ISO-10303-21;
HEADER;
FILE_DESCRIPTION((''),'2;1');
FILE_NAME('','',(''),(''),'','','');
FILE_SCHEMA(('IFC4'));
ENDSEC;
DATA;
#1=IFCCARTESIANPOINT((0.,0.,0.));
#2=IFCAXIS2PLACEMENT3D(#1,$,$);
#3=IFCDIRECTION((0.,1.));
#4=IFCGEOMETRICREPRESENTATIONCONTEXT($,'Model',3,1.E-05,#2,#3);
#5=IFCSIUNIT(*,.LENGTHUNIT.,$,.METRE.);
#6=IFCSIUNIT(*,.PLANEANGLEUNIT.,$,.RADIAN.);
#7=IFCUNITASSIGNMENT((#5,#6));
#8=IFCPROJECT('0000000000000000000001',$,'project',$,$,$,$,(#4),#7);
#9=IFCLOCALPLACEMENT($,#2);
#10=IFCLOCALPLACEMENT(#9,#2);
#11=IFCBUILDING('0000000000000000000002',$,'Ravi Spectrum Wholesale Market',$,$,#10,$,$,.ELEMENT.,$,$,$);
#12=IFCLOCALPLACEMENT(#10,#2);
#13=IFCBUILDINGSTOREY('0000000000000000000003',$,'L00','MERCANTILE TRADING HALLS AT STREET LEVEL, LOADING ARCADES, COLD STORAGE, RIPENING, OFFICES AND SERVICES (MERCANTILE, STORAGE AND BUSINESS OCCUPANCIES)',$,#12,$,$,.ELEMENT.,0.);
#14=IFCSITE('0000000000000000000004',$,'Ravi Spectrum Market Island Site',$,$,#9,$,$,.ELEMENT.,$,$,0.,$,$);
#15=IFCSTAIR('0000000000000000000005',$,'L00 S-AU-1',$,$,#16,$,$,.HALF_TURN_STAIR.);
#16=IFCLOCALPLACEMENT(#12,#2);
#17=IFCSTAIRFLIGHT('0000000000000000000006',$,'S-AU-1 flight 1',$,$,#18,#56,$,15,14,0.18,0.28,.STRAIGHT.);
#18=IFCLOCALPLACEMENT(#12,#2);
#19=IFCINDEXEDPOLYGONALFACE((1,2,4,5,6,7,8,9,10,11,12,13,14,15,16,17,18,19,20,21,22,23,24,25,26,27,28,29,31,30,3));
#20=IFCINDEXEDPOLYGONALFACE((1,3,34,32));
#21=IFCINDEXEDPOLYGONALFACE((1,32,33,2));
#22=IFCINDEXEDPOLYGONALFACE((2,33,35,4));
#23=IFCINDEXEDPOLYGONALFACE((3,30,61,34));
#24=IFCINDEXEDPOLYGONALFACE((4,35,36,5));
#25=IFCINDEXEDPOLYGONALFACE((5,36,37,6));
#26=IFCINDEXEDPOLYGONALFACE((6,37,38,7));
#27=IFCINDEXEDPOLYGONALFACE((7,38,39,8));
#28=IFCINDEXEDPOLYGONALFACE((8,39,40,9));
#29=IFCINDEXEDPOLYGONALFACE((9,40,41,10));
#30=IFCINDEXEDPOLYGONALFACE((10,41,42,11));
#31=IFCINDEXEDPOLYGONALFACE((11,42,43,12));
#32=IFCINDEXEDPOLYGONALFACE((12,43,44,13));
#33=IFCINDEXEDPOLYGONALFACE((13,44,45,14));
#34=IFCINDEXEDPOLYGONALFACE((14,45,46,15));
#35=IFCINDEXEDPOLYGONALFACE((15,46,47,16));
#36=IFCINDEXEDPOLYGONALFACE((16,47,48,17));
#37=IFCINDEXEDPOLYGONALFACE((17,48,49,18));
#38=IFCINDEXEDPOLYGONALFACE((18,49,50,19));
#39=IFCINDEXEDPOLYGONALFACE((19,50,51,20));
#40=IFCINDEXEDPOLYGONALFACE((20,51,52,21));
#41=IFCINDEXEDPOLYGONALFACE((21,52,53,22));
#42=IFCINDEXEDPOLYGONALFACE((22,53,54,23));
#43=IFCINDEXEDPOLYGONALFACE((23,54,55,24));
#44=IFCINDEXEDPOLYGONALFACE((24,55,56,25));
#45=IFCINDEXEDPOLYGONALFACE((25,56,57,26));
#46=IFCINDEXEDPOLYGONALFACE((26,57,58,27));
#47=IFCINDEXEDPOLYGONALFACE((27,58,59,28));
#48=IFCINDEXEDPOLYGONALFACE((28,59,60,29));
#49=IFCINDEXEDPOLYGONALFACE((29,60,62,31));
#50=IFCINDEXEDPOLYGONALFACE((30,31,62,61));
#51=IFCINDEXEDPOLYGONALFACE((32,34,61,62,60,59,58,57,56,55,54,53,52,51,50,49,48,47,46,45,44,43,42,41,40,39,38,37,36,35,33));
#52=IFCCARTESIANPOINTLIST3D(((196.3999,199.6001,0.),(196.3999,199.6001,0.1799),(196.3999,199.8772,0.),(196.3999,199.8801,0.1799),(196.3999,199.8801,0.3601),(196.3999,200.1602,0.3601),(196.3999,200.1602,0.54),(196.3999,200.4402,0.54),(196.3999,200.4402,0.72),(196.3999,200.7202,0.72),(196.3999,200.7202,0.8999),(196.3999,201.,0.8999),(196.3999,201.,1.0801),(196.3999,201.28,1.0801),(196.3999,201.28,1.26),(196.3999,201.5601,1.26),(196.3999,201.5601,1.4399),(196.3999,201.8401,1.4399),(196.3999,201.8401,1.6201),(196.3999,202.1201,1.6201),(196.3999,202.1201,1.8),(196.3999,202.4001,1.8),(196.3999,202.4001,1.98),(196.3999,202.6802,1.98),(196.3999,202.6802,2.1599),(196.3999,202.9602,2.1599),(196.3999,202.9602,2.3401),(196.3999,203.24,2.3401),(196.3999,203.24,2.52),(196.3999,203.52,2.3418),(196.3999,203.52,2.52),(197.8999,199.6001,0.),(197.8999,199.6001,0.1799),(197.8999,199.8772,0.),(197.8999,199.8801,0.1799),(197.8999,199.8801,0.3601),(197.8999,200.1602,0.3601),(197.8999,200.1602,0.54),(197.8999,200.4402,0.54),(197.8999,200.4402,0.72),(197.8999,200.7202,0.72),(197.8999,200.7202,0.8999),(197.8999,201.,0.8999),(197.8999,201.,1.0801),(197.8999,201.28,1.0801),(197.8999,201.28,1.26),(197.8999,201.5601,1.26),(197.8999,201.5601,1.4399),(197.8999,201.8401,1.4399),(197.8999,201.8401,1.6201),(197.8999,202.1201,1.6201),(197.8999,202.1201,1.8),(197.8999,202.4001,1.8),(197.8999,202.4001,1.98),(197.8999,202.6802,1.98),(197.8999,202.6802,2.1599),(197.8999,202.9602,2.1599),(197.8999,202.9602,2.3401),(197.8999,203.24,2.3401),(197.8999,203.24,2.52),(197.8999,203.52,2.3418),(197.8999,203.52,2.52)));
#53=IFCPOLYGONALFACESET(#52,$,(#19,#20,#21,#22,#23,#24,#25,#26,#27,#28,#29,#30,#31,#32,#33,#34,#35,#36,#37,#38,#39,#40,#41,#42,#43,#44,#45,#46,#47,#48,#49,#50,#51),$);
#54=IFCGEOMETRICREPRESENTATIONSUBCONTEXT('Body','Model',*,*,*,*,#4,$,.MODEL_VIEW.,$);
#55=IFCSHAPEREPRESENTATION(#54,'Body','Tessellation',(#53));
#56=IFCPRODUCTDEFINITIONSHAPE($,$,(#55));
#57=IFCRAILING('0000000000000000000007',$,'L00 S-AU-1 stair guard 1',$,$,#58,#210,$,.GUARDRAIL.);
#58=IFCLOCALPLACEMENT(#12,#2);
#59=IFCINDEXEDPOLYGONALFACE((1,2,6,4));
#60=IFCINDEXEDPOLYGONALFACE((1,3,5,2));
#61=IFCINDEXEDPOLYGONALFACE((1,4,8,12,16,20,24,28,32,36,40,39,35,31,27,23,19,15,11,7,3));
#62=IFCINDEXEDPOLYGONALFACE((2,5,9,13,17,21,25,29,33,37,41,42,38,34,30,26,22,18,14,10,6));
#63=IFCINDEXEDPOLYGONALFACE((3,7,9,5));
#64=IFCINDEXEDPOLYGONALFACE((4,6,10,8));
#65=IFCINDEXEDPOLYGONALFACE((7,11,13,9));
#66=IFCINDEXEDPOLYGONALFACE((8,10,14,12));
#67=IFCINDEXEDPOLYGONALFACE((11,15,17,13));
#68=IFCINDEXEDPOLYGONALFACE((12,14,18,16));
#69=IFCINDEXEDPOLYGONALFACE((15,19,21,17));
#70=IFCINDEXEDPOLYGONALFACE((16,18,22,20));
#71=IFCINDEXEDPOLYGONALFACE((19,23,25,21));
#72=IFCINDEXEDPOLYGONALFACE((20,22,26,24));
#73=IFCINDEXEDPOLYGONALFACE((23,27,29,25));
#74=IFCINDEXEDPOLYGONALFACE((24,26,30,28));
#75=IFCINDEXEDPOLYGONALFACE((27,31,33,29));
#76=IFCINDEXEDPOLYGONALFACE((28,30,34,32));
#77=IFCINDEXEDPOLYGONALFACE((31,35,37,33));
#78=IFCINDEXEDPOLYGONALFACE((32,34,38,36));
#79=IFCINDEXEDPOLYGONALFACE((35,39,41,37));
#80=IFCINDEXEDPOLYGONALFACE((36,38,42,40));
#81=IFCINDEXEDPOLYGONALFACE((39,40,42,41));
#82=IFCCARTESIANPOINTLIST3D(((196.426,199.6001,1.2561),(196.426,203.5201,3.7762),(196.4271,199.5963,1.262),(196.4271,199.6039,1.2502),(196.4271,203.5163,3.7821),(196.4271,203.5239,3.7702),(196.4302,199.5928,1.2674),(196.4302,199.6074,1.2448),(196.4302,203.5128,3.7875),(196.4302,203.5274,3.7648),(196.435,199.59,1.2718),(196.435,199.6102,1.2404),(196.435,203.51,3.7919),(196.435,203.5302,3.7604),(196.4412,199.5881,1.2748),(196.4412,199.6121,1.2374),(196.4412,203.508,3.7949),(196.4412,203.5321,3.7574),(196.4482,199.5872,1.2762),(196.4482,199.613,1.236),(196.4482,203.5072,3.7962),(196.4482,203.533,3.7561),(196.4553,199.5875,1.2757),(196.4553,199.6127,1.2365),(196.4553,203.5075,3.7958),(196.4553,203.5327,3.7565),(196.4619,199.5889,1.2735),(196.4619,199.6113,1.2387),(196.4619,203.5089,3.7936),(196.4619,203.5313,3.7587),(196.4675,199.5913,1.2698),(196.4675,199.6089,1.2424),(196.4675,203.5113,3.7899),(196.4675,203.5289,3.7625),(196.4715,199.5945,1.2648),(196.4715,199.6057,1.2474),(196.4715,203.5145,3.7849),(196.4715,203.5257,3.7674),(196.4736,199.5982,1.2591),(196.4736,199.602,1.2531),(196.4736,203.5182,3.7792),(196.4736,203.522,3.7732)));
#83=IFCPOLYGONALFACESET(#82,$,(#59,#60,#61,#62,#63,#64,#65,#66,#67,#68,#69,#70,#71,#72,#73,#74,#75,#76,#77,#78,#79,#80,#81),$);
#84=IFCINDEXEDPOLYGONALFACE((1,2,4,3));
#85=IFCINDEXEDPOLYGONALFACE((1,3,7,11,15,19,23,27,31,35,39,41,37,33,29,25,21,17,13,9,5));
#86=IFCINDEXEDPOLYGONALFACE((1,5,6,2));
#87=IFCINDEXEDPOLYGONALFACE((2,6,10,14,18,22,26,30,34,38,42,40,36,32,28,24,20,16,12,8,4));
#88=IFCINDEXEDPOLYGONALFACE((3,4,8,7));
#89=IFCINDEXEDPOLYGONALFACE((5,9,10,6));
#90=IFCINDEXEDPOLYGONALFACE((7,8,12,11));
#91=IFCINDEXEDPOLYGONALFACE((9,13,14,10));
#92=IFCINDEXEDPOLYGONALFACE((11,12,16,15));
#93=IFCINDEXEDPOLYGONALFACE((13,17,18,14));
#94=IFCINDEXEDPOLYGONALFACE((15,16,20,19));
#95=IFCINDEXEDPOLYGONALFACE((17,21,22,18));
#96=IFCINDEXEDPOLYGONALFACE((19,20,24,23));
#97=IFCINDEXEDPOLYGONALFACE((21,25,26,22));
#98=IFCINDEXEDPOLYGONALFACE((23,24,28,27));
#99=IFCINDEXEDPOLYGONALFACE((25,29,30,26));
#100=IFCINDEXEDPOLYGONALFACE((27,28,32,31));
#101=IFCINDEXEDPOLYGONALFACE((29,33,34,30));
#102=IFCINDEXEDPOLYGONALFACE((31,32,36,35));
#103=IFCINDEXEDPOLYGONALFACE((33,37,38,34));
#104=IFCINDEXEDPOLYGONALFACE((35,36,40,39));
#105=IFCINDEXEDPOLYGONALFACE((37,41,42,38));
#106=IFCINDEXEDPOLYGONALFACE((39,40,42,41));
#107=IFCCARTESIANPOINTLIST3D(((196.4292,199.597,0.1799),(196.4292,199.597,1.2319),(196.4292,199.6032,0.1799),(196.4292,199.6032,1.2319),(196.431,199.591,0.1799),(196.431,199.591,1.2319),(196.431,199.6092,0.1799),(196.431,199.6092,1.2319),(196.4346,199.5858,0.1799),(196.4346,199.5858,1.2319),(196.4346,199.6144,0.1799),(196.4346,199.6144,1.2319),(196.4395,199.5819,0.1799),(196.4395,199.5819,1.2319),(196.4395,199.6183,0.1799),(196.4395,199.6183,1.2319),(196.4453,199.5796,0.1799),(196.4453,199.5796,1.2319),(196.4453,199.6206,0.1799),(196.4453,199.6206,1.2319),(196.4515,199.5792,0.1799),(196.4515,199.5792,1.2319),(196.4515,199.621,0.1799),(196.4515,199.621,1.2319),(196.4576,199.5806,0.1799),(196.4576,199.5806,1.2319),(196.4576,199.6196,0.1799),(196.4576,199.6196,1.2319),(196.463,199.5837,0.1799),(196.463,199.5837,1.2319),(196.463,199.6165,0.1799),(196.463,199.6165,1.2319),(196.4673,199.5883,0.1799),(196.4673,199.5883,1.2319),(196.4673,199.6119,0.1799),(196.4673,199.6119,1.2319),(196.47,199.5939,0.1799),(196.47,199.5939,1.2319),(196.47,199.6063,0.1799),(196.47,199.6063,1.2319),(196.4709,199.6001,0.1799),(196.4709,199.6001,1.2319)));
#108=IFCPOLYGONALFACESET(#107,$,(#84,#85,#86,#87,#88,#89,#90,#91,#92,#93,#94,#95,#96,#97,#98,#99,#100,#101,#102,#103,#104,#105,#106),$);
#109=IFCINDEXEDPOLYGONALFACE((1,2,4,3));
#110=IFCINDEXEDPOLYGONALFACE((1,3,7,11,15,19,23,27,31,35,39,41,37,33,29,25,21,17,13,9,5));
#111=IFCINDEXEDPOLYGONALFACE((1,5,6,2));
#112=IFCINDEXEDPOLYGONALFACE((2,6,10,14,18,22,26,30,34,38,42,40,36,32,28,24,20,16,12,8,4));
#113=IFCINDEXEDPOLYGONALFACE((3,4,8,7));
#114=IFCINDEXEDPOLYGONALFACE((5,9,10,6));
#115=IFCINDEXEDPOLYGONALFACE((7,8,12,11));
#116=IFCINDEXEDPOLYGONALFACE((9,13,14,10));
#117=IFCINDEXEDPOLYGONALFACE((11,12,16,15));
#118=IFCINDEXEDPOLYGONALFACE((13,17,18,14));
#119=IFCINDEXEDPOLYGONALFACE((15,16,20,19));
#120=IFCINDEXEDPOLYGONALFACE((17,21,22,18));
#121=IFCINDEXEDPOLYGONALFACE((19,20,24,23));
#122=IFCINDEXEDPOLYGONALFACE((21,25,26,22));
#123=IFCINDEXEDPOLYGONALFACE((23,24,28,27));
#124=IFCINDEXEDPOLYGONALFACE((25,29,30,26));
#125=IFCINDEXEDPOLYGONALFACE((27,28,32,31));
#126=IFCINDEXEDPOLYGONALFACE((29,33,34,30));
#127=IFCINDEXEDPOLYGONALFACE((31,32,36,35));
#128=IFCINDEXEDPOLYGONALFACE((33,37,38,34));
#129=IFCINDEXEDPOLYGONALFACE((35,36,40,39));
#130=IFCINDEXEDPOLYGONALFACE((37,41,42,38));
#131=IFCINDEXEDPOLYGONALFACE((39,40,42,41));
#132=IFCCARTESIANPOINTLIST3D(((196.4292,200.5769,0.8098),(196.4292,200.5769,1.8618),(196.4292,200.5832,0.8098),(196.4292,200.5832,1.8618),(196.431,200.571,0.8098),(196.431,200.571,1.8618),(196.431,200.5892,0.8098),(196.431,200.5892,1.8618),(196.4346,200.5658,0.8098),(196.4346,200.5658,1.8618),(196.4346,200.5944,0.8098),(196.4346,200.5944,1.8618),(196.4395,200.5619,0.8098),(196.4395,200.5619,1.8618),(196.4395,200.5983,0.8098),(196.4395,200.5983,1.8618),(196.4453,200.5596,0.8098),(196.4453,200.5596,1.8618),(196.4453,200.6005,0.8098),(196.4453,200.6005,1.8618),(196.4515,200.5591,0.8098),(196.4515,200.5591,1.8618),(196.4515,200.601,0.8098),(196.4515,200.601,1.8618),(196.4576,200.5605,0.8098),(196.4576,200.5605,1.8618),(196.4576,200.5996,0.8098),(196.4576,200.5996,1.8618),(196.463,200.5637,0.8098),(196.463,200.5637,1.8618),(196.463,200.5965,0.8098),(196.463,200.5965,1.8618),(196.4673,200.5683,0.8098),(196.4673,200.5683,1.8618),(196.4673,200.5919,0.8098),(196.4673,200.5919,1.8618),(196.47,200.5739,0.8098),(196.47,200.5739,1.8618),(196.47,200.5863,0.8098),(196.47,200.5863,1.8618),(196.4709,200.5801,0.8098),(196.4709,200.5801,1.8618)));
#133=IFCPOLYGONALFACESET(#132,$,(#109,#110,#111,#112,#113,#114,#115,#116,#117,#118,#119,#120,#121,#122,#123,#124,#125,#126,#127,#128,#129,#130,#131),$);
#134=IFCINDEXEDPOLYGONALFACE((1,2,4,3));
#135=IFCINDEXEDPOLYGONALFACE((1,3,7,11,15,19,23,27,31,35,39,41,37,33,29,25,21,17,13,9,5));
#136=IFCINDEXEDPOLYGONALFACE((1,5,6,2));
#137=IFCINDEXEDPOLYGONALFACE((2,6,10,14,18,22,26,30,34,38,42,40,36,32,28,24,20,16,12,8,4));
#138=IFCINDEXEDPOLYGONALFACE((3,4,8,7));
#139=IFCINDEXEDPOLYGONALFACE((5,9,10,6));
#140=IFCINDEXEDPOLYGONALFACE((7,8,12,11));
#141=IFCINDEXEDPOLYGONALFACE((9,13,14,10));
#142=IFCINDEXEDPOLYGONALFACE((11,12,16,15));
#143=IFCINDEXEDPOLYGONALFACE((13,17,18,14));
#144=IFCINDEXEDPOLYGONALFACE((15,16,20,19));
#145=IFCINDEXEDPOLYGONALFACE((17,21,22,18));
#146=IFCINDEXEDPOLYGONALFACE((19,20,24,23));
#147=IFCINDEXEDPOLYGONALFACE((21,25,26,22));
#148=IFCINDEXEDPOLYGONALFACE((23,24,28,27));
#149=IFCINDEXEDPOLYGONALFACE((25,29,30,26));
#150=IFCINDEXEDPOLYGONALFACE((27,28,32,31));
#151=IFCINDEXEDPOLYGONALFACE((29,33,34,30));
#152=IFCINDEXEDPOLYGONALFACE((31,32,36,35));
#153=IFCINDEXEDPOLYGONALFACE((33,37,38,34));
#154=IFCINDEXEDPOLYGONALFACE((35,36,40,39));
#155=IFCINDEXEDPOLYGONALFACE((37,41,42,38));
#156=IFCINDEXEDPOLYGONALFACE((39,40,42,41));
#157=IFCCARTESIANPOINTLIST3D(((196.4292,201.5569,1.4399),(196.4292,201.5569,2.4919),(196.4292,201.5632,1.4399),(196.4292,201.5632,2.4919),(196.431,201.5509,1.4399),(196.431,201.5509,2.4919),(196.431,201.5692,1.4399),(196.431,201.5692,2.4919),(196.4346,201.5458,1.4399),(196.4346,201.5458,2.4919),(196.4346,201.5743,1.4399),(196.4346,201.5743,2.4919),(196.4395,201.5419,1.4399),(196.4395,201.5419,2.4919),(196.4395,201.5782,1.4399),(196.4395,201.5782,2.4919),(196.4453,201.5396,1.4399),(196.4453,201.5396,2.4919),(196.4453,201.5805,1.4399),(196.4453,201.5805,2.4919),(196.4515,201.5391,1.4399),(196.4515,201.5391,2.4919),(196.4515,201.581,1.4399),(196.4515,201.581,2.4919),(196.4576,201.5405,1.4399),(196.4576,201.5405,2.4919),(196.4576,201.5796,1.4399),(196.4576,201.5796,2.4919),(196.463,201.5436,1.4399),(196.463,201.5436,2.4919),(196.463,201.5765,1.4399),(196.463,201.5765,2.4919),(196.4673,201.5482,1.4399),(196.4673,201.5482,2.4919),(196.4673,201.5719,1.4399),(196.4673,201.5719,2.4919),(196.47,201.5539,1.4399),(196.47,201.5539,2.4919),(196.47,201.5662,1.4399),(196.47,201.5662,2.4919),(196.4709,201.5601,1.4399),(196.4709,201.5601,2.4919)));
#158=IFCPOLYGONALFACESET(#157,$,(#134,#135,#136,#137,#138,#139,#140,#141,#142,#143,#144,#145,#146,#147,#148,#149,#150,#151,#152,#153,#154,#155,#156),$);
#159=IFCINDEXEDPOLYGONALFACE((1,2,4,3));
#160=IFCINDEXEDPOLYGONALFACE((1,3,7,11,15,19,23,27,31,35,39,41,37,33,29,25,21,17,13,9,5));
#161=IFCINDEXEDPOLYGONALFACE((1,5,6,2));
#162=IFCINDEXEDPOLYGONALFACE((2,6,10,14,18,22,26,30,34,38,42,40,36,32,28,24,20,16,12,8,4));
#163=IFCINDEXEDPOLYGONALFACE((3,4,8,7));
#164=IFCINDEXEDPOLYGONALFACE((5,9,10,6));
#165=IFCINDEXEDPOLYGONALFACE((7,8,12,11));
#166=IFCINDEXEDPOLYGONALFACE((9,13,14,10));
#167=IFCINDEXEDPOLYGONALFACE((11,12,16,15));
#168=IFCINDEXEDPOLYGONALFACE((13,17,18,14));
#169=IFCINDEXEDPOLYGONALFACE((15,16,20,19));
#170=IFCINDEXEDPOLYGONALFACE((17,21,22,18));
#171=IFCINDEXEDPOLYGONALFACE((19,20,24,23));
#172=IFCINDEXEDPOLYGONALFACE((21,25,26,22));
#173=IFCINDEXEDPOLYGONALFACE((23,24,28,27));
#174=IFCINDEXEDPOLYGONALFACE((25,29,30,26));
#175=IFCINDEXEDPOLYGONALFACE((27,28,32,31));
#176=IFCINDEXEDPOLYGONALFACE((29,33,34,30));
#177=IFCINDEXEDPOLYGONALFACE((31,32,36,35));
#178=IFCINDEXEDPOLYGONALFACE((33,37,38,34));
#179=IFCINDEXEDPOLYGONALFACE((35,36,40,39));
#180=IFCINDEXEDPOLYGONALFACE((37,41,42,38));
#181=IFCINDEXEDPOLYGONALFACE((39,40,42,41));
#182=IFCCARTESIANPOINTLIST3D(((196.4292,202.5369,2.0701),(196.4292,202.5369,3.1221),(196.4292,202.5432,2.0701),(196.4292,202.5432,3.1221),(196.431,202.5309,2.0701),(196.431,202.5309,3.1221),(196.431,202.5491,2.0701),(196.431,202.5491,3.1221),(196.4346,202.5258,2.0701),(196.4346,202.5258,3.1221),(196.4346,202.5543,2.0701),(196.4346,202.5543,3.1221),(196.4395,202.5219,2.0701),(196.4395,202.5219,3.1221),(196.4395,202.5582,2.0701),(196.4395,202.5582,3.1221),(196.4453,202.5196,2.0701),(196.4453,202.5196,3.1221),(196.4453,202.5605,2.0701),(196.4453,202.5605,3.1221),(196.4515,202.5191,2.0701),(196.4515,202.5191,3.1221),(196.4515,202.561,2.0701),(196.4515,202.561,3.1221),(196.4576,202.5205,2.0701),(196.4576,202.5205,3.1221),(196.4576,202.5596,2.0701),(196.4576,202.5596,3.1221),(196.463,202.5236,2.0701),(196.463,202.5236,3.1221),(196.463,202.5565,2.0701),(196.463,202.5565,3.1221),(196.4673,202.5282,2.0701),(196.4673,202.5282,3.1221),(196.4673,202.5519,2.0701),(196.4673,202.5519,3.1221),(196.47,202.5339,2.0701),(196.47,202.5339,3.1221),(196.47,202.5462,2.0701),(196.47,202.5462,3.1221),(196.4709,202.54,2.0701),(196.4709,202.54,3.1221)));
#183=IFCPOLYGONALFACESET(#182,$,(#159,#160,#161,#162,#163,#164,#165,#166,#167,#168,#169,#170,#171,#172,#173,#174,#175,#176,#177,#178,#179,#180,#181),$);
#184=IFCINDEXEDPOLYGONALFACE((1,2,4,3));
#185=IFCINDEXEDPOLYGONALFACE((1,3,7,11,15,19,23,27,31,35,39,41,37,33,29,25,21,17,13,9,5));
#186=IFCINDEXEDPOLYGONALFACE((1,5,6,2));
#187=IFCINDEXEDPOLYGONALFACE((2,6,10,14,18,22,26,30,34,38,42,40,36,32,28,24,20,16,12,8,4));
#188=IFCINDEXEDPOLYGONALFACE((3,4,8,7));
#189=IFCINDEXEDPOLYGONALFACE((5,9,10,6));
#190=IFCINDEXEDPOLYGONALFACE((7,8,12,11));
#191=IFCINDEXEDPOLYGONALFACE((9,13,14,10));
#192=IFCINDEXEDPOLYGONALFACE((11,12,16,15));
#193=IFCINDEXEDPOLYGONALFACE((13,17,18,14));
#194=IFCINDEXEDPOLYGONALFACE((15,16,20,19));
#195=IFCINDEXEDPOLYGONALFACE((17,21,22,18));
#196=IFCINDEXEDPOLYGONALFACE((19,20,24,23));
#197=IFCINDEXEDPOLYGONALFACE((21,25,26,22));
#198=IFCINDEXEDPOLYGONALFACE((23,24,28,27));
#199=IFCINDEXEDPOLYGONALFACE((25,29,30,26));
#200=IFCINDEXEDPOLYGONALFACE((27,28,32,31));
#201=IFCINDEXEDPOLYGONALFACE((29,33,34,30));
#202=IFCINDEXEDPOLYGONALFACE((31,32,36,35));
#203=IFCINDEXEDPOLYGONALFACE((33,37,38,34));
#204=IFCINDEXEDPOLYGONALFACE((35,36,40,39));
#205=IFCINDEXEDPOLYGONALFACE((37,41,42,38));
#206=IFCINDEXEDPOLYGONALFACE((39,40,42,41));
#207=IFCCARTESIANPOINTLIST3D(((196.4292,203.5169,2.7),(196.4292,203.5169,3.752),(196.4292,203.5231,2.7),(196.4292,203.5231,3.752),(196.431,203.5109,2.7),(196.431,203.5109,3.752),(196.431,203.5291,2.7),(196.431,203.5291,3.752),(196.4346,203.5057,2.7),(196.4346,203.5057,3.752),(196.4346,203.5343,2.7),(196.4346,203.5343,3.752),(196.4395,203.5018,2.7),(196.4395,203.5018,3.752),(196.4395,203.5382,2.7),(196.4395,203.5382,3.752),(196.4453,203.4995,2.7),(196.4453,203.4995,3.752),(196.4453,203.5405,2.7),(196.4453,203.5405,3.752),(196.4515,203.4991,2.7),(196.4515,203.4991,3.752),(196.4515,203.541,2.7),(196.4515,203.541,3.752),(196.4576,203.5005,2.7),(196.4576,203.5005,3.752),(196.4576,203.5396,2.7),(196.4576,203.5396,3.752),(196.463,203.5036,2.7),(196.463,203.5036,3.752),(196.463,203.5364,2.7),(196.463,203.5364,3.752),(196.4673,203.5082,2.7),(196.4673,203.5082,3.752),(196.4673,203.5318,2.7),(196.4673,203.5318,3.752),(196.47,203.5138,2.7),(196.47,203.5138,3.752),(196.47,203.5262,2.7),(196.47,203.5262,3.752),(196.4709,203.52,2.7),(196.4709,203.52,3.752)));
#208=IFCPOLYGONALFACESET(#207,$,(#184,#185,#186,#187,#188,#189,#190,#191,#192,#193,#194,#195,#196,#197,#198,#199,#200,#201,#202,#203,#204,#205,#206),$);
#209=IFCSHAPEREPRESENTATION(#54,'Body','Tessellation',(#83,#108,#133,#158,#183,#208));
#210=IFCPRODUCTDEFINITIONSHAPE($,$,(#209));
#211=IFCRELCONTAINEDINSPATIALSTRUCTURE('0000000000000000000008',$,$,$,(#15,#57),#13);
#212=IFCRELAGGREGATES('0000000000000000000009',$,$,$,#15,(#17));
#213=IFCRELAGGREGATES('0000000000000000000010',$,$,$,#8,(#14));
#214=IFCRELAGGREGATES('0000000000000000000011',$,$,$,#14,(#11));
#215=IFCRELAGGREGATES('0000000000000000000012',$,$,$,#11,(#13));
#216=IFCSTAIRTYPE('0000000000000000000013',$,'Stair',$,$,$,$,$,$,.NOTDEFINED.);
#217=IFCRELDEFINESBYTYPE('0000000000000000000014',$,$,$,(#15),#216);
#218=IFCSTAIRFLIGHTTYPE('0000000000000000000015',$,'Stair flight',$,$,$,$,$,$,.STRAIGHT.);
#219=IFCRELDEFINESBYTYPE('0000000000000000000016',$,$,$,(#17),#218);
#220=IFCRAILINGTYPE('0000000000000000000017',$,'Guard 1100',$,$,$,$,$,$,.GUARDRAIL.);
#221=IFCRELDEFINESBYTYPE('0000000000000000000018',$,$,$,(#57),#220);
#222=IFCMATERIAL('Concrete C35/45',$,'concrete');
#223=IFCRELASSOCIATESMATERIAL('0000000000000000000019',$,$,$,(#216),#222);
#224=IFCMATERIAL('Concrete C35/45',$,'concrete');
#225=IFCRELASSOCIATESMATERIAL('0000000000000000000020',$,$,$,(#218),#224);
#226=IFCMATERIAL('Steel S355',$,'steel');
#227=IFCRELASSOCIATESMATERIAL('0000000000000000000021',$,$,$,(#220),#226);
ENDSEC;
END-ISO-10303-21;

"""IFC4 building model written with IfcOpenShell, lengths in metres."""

from ifc_helpers import new_model, si_unit, direction, frame, origin, origin_2d, place, context, subcontext, project, spatial, polyline, circle, outline, extrude, material, type_object, element, aggregate, save


model = new_model("IFC4")

# Units and contexts
model_context = context("Model", 3, precision=1e-05, world=origin(), true_north=direction((0.0, 1.0)))
body_context = subcontext(model_context, "Body", "Model", "MODEL_VIEW")
ifc_project = project(units=[si_unit("LENGTHUNIT", "METRE"), si_unit("PLANEANGLEUNIT", "RADIAN")], contexts=[model_context])

# Site, building, storey
site_placement = place(None, origin())
site = spatial("IfcSite", under=ifc_project, at=site_placement, Name="Ravi Spectrum Market Island Site", CompositionType="ELEMENT", RefElevation=0.0)
building_placement = place(site_placement, origin())
building = spatial("IfcBuilding", under=site, at=building_placement, Name="Ravi Spectrum Wholesale Market", CompositionType="ELEMENT")
storey_placement = place(building_placement, origin())
storey = spatial("IfcBuildingStorey", under=building, at=storey_placement, Name="L00", Description="MERCANTILE TRADING HALLS AT STREET LEVEL, LOADING ARCADES, COLD STORAGE, RIPENING, OFFICES AND SERVICES (MERCANTILE, STORAGE AND BUSINESS OCCUPANCIES)", CompositionType="ELEMENT", Elevation=0.0)

# Stair, stair flight
ifc_material_1 = material(Name="Concrete C35/45", Category="concrete")
stair_type = type_object("IfcStairType", Name="Stair", PredefinedType="NOTDEFINED", material=ifc_material_1)
stair_placement = place(storey_placement, origin())
stair = element("IfcStair", 1, at=stair_placement, inside=storey, type_object=stair_type, Name="L00 S-AU-1", PredefinedType="HALF_TURN_STAIR")
ifc_material_2 = material(Name="Concrete C35/45", Category="concrete")
stair_flight_type = type_object("IfcStairFlightType", Name="Stair flight", PredefinedType="STRAIGHT", material=ifc_material_2)
stair_flight_placement = place(storey_placement, frame((197.1499, 199.6001, 0.0), z_axis=(0.0, 0.0, 1.0), x_axis=(0.0, 1.0, 0.0)))
stair_flight = element("IfcStairFlight", 2, at=stair_flight_placement, type_object=stair_flight_type, Name="S-AU-1 flight 1", NumberOfRisers=15, NumberOfTreads=14, PredefinedType="STRAIGHT", RiserHeight=0.18, TreadLength=0.28, context=body_context, shape_type="SweptSolid", body=[
    extrude(outline(polyline([(0.0, 0.0), (0.0, 0.1799), (0.28, 0.1799), (0.28, 0.3601), (0.5601, 0.3601), (0.5601, 0.54), (0.8401, 0.54), (0.8401, 0.72), (1.1201, 0.72), (1.1201, 0.8999), (1.3999, 0.8999), (1.3999, 1.0801), (1.6799, 1.0801), (1.6799, 1.26), (1.96, 1.26), (1.96, 1.4399), (2.24, 1.4399), (2.24, 1.6201), (2.52, 1.6201), (2.52, 1.8), (2.8, 1.8), (2.8, 1.98), (3.0801, 1.98), (3.0801, 2.1599), (3.3601, 2.1599), (3.3601, 2.3401), (3.6399, 2.3401), (3.6399, 2.52), (3.9199, 2.52), (3.9199, 2.7), (3.9199, 2.3418), (0.2771, 0.0), (0.0, 0.0)])), frame((0.0, 0.75, 0.0), z_axis=(0.0, -1.0, 0.0), x_axis=(1.0, 0.0, 0.0)), (0.0, 0.0, 1.0), 1.5),
])
aggregate(stair, [stair_flight])

# Railing
ifc_material_3 = material(Name="Steel S355", Category="steel")
railing_type_1 = type_object("IfcRailingType", Name="Guard 1100", PredefinedType="GUARDRAIL", material=ifc_material_3)
railing_1_placement = place(storey_placement, frame((196.45, 199.6001, 0.1799)))
element("IfcRailing", 3, at=railing_1_placement, inside=storey, type_object=railing_type_1, Name="L00 S-AU-1 stair guard 1", PredefinedType="GUARDRAIL", context=body_context, shape_type="SweptSolid", body=[
    extrude(circle(Radius=0.0239, at=origin_2d()), frame((0.0, 0.0, 1.0762), z_axis=(0.0, 0.841172, 0.540768), x_axis=(-1.0, 0.0, 0.0)), (0.0, 0.0, 1.0), 4.6602),
    extrude(circle(Radius=0.021, at=origin_2d()), origin(), (0.0, 0.0, 1.0), 1.052),
    extrude(circle(Radius=0.021, at=origin_2d()), frame((0.0, 0.98, 0.6299)), (0.0, 0.0, 1.0), 1.052),
    extrude(circle(Radius=0.021, at=origin_2d()), frame((0.0, 1.96, 1.26)), (0.0, 0.0, 1.0), 1.052),
    extrude(circle(Radius=0.021, at=origin_2d()), frame((0.0, 2.9399, 1.8901)), (0.0, 0.0, 1.0), 1.052),
    extrude(circle(Radius=0.021, at=origin_2d()), frame((0.0, 3.9199, 2.52)), (0.0, 0.0, 1.0), 1.052),
])

save(model, "model.ifc")
